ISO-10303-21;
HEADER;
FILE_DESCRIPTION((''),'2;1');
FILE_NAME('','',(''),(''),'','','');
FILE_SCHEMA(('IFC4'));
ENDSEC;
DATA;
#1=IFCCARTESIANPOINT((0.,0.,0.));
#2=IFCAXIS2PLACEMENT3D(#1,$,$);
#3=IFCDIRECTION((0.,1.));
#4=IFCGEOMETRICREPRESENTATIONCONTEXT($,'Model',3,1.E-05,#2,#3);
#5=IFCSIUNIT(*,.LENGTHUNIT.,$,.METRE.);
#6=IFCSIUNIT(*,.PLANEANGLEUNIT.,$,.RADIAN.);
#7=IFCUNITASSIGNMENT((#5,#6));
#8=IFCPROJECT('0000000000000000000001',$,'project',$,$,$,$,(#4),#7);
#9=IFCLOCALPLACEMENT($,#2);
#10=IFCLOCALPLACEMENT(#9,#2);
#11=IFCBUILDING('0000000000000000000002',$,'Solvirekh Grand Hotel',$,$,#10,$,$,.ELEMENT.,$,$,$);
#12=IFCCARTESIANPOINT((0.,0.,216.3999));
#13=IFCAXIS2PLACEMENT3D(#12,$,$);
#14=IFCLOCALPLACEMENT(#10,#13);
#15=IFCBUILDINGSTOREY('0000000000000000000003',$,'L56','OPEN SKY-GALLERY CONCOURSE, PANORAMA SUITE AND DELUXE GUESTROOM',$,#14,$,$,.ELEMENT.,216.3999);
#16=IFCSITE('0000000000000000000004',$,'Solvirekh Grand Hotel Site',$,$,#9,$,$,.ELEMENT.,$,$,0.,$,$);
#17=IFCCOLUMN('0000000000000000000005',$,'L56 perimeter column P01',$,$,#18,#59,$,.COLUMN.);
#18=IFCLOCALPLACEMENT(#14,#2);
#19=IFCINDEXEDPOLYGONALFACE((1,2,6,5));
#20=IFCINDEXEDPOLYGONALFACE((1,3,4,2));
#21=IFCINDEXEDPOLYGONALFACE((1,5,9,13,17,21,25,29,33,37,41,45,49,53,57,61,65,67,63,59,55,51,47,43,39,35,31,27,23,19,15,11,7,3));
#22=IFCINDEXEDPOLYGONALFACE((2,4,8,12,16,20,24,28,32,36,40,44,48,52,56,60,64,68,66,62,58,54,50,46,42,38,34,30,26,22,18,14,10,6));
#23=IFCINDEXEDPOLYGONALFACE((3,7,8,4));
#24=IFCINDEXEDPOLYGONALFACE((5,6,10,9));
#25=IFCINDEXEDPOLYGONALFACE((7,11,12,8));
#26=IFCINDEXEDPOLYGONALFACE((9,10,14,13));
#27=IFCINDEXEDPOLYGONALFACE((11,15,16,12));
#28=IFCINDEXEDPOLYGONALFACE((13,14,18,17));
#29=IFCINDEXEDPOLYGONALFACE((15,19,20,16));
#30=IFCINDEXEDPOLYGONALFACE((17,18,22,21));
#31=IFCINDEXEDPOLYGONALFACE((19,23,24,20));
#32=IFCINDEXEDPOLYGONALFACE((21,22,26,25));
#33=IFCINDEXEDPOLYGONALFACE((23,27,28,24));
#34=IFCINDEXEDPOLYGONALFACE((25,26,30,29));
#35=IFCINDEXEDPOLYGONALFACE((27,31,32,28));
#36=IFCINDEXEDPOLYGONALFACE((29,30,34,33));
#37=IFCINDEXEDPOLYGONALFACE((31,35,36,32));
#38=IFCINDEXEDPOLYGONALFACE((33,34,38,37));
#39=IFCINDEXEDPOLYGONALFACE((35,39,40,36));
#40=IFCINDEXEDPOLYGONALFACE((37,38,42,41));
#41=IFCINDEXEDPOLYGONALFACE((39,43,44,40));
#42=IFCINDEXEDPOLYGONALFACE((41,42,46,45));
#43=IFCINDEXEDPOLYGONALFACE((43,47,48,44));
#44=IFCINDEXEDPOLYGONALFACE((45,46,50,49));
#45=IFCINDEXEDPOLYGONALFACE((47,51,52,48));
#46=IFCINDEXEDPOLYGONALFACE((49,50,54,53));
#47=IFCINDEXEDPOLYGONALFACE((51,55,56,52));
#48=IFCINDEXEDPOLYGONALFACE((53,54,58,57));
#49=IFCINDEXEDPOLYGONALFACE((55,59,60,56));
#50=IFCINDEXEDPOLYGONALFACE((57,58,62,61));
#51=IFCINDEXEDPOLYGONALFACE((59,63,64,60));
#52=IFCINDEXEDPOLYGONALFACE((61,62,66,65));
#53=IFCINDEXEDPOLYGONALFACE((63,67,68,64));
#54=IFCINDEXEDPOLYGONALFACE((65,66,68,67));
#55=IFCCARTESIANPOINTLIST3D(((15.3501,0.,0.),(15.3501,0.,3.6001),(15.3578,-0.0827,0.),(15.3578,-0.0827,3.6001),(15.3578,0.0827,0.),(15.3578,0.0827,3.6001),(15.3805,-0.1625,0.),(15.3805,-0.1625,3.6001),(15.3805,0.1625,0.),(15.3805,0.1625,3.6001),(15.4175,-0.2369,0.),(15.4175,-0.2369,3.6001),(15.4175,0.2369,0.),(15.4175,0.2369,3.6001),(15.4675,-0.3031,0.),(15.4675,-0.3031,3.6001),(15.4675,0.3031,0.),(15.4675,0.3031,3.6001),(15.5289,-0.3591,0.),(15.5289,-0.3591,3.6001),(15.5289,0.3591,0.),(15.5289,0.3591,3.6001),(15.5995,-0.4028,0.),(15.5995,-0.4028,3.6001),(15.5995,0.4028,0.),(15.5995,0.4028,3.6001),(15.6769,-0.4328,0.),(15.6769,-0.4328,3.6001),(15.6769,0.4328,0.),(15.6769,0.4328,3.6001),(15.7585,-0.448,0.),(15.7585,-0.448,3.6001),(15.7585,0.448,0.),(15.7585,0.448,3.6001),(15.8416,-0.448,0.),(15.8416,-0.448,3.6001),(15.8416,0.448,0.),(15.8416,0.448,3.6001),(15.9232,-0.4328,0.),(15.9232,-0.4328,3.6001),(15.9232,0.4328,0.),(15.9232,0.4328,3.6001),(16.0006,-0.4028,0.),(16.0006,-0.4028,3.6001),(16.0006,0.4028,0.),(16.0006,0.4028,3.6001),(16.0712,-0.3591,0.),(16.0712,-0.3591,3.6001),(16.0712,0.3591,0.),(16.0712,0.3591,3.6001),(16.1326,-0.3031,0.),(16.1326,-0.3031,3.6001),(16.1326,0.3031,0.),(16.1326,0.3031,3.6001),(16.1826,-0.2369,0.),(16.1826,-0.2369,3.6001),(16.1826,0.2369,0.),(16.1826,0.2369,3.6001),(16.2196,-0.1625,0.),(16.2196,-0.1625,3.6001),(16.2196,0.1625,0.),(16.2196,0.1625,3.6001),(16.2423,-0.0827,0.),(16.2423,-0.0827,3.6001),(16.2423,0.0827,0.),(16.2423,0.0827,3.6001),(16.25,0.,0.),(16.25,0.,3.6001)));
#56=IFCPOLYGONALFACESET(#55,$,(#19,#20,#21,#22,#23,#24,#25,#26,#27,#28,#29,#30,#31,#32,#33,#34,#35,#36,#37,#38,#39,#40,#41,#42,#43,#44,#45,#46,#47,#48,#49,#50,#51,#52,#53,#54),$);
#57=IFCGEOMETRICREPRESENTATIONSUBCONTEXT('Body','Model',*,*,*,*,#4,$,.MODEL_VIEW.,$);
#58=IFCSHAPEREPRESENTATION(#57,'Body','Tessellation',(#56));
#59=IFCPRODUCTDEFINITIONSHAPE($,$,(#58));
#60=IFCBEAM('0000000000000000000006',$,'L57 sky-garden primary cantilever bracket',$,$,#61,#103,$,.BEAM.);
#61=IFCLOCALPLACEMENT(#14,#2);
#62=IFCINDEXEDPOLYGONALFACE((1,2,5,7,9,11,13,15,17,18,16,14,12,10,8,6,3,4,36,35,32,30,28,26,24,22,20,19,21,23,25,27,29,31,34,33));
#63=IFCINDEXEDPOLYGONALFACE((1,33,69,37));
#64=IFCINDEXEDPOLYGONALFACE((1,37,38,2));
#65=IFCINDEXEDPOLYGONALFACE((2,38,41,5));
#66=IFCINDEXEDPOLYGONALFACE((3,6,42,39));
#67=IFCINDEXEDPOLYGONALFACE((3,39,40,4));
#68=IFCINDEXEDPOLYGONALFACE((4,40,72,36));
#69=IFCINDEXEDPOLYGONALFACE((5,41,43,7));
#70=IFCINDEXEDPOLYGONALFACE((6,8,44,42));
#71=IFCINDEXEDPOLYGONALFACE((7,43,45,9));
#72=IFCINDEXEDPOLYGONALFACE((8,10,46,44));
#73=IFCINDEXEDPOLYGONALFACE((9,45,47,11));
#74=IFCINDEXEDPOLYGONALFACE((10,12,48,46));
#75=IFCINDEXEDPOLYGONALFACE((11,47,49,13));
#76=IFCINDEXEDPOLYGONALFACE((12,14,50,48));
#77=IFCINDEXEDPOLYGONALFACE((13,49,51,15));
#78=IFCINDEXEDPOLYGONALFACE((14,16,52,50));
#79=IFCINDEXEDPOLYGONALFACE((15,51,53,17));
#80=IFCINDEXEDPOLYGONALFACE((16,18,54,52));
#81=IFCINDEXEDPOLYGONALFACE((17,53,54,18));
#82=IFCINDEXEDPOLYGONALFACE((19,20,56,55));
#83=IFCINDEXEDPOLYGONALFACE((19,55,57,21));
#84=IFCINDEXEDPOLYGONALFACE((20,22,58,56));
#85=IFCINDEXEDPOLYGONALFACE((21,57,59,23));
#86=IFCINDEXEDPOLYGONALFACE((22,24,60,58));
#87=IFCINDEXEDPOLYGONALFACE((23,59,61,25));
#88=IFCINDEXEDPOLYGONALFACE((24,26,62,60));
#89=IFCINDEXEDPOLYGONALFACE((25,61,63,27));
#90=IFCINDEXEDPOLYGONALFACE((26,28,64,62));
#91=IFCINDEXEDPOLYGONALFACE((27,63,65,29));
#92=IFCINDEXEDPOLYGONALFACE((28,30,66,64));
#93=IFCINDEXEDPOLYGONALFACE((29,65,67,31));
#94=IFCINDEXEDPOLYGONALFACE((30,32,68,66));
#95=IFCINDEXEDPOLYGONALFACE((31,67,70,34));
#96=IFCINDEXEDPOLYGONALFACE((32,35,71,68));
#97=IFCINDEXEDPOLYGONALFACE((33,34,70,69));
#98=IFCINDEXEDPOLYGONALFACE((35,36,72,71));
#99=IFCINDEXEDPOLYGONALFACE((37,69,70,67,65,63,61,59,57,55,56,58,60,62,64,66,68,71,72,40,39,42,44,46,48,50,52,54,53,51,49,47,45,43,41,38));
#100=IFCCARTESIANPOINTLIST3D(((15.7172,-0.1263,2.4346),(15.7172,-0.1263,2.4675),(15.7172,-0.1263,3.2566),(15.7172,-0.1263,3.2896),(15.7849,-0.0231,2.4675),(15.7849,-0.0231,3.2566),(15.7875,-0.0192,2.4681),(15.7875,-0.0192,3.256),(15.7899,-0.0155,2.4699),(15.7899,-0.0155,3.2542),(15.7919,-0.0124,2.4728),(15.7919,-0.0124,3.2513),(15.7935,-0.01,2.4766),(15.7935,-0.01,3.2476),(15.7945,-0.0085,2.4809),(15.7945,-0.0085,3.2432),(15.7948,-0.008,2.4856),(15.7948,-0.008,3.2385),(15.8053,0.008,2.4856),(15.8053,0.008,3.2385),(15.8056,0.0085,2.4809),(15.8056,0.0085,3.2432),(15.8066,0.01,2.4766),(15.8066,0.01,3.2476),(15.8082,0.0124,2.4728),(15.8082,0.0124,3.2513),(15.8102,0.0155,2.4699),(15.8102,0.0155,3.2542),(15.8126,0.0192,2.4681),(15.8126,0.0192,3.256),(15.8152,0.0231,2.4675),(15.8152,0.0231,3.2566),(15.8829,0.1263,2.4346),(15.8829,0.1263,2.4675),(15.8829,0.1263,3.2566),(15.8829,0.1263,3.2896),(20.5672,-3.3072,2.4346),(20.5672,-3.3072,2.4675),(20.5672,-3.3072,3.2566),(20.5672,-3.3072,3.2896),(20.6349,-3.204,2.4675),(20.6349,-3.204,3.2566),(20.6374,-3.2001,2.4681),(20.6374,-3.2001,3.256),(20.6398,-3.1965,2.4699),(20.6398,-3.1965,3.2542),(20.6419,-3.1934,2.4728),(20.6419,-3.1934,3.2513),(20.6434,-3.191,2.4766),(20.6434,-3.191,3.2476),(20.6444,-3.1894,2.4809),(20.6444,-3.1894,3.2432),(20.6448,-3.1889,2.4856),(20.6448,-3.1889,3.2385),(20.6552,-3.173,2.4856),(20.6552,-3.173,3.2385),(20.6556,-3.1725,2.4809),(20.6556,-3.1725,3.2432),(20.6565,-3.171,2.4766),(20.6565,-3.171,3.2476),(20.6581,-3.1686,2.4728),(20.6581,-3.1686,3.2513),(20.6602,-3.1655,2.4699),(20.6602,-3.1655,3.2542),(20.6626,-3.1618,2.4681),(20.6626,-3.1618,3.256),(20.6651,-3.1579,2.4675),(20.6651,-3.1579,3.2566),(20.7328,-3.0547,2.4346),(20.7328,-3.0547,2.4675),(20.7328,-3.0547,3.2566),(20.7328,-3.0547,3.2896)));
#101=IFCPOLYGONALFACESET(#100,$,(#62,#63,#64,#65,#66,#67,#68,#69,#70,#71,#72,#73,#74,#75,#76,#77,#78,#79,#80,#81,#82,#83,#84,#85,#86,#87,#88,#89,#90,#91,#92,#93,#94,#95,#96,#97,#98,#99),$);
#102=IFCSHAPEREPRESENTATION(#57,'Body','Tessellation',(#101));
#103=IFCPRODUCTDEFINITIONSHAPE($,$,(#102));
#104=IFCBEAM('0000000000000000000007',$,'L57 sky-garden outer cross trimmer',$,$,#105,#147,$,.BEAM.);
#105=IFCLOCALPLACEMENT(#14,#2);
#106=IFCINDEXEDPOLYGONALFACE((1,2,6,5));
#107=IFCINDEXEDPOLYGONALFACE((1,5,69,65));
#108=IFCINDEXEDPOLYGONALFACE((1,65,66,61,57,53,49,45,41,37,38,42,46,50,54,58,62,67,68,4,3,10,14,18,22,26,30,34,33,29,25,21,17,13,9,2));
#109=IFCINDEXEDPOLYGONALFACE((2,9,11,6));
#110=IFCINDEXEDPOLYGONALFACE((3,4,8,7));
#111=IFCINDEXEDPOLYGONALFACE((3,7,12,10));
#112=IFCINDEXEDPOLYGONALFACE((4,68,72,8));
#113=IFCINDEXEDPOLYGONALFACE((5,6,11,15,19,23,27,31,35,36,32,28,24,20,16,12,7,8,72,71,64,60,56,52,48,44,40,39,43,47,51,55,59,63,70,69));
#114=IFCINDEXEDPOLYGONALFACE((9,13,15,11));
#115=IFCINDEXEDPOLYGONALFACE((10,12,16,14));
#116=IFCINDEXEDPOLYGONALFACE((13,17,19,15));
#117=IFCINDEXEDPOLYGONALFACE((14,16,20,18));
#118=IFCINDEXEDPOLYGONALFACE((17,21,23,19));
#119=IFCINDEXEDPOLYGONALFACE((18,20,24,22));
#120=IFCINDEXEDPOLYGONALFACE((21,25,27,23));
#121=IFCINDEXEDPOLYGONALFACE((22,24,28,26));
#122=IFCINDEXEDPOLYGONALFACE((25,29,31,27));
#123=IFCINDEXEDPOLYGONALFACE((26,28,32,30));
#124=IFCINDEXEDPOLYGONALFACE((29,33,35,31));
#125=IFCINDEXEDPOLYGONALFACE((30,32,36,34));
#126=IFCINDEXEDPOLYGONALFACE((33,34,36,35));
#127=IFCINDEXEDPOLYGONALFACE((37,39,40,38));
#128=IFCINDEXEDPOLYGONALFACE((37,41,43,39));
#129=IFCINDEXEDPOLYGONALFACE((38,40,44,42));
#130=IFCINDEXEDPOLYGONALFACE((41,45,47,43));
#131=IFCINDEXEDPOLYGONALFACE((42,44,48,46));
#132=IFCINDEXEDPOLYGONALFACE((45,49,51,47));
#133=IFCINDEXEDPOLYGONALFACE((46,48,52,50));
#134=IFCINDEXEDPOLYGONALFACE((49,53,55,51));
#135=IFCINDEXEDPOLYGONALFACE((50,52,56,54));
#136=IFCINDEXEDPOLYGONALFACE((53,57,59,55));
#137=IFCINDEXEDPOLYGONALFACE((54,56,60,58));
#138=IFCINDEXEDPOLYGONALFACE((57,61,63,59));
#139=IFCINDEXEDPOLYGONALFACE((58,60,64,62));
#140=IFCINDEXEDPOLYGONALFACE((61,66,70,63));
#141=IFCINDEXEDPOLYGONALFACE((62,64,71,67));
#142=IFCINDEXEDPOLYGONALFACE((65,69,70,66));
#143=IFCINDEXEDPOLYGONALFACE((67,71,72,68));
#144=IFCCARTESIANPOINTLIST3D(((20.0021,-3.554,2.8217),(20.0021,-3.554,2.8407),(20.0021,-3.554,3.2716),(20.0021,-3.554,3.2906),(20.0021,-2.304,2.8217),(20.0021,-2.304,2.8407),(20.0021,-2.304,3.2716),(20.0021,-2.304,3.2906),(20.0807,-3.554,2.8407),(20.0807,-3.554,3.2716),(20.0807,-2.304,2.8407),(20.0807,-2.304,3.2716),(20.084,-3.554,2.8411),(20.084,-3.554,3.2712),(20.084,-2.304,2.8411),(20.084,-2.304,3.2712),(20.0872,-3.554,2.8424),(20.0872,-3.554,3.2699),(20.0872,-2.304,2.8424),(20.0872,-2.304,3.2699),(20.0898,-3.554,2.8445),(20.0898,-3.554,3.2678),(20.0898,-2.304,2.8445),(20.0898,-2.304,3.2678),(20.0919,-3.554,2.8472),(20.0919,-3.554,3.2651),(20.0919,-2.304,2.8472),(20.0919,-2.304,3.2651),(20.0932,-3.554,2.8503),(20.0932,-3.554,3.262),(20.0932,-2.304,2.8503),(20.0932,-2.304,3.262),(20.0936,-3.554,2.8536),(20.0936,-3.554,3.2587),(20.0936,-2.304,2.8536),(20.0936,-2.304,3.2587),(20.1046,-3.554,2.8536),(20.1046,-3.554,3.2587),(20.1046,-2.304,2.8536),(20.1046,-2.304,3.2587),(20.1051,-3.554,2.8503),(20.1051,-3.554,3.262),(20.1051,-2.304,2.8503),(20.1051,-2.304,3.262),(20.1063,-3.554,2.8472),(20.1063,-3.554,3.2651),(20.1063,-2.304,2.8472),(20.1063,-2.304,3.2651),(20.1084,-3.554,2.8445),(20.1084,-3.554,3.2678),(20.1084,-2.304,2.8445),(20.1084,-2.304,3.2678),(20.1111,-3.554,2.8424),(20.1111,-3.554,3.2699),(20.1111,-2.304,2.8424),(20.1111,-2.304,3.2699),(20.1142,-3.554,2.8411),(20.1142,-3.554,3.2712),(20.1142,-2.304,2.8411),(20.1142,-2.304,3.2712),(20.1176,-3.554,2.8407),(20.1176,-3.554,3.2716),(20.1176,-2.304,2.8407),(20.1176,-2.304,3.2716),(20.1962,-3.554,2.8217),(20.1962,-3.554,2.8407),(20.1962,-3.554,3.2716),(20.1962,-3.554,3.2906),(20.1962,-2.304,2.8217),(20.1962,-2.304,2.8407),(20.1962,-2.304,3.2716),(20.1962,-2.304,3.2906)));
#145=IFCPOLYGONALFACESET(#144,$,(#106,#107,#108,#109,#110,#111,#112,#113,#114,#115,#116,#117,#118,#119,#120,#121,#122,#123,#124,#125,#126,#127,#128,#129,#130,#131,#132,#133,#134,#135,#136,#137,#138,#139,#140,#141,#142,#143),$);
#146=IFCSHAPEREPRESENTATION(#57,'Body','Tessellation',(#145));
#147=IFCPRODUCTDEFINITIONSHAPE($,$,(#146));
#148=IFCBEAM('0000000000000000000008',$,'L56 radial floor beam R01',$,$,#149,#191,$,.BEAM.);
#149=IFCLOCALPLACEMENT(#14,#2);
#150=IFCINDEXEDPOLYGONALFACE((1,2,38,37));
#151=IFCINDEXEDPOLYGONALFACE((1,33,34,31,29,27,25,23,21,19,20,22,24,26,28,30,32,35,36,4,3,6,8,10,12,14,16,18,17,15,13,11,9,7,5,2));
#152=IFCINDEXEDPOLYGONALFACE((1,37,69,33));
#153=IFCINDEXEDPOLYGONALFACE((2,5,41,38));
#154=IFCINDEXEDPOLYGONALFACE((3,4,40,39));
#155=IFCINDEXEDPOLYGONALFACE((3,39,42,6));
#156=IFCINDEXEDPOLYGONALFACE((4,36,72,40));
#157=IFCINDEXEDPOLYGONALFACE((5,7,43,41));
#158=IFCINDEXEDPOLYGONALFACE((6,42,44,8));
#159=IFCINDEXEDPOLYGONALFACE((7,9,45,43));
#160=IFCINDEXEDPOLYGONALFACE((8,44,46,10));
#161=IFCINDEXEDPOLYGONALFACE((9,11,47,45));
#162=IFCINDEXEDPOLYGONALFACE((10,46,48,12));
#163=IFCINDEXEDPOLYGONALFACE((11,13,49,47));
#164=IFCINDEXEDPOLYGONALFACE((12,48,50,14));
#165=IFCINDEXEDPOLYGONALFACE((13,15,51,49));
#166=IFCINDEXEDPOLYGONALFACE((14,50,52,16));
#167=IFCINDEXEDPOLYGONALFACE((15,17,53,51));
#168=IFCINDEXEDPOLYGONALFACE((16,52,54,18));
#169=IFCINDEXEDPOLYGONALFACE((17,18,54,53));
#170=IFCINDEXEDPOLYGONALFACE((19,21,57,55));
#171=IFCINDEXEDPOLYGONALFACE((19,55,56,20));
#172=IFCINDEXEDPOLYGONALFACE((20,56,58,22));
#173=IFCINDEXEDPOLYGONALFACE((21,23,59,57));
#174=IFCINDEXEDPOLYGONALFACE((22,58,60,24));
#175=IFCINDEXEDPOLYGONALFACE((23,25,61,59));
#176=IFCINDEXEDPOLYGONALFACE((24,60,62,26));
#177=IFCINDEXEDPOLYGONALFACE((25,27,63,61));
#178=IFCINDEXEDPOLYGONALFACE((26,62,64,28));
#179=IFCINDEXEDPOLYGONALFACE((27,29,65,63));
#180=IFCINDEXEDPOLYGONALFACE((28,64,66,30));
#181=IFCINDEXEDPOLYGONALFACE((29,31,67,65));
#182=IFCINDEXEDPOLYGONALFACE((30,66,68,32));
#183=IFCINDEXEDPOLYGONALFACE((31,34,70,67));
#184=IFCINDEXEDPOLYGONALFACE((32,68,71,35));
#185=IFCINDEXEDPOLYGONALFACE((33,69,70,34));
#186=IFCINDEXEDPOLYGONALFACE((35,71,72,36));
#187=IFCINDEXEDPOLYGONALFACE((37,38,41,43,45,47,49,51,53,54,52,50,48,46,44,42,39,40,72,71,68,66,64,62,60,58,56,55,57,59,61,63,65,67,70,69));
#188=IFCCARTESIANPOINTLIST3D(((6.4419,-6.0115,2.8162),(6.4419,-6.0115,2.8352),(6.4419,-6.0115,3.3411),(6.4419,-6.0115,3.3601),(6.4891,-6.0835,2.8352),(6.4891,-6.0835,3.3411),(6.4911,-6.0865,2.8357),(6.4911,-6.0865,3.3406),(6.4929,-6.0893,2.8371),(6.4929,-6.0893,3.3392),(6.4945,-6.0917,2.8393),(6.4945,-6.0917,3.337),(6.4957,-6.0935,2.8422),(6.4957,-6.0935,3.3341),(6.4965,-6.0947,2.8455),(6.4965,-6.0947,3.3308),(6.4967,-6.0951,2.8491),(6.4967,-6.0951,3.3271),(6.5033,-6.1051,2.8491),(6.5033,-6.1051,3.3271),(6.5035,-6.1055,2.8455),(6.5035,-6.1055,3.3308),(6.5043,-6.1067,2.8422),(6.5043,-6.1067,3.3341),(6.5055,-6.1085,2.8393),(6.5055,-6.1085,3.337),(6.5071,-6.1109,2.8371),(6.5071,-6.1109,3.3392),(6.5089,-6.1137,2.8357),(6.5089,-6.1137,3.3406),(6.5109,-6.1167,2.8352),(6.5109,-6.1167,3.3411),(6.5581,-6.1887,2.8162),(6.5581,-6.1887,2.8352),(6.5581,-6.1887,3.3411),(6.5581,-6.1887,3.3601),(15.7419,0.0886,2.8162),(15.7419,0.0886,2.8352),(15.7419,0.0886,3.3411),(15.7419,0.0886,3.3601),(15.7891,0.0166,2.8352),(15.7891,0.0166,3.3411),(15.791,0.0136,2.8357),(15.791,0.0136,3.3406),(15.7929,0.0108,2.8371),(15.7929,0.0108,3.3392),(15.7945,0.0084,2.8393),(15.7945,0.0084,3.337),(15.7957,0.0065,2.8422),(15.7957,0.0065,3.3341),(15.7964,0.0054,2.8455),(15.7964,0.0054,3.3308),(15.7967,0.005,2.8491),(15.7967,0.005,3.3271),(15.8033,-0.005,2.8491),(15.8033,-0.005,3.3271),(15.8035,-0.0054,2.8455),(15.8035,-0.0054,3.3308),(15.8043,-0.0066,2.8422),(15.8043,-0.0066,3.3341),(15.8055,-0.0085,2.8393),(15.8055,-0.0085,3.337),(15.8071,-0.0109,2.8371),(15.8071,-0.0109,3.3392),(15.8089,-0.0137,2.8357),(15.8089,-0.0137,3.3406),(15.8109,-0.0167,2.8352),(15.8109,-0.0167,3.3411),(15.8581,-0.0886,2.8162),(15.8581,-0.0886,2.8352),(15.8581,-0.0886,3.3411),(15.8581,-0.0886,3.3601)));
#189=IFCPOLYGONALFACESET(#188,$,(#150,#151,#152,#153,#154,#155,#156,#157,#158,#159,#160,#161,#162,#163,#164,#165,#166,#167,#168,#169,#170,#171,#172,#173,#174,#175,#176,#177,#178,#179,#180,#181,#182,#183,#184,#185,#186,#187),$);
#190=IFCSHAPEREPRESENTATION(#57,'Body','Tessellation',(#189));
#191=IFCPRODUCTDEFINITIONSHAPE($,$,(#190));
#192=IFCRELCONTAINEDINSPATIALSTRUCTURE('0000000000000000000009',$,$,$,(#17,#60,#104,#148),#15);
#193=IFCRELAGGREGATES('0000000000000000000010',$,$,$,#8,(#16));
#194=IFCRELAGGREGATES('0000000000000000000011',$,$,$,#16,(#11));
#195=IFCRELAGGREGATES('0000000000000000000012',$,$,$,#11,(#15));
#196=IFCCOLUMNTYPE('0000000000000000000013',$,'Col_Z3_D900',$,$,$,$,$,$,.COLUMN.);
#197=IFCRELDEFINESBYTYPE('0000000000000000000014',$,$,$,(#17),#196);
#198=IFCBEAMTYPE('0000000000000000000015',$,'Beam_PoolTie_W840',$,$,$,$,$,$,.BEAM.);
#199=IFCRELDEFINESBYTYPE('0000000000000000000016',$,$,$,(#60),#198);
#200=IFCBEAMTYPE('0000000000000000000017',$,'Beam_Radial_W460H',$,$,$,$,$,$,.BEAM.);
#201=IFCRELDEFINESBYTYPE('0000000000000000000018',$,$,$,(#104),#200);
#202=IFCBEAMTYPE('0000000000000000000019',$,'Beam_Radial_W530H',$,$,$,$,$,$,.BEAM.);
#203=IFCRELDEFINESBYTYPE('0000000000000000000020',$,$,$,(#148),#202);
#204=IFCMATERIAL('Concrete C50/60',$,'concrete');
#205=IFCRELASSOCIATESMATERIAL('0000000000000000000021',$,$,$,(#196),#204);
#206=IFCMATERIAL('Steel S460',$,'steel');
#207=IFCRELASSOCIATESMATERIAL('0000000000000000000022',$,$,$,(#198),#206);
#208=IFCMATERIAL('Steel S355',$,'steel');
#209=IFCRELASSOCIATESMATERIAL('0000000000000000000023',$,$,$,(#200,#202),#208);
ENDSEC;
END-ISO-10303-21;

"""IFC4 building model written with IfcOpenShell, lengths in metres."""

from ifc_helpers import new_model, si_unit, direction, frame, origin, origin_2d, place, context, subcontext, project, spatial, circle, i_section, extrude, material, material_profile, profile_set, type_object, element, save


model = new_model("IFC4")

# Units and contexts
model_context = context("Model", 3, precision=1e-05, world=origin(), true_north=direction((0.0, 1.0)))
body_context = subcontext(model_context, "Body", "Model", "MODEL_VIEW")
ifc_project = project(units=[si_unit("LENGTHUNIT", "METRE"), si_unit("PLANEANGLEUNIT", "RADIAN")], contexts=[model_context])

# Site, building, storey
site_placement = place(None, origin())
site = spatial("IfcSite", under=ifc_project, at=site_placement, Name="Solvirekh Grand Hotel Site", CompositionType="ELEMENT", RefElevation=0.0)
building_placement = place(site_placement, origin())
building = spatial("IfcBuilding", under=site, at=building_placement, Name="Solvirekh Grand Hotel", CompositionType="ELEMENT")
storey_placement = place(building_placement, frame((0.0, 0.0, 216.3999)))
storey = spatial("IfcBuildingStorey", under=building, at=storey_placement, Name="L56", Description="OPEN SKY-GALLERY CONCOURSE, PANORAMA SUITE AND DELUXE GUESTROOM", CompositionType="ELEMENT", Elevation=216.3999)

# Column
ifc_material_1 = material(Name="Concrete C50/60", Category="concrete")
ifc_material_profile_1 = material_profile(ifc_material_1, circle(Radius=0.45, at=origin_2d()), Name="RC CIRC D900")
ifc_profile_set_1 = profile_set([ifc_material_profile_1], Name="Concrete C50/60")
column_type = type_object("IfcColumnType", Name="Col_Z3_D900", PredefinedType="COLUMN", material=ifc_profile_set_1)
column_placement = place(storey_placement, frame((15.8, 0.0, 0.0), z_axis=(0.0, 0.0, 1.0), x_axis=(1.0, 0.0, 0.0)))
element("IfcColumn", 1, at=column_placement, inside=storey, type_object=column_type, Name="L56 perimeter column P01", PredefinedType="COLUMN", context=body_context, shape_type="SweptSolid", body=[
    extrude(circle(Radius=0.45, at=origin_2d()), origin(), (0.0, 0.0, 1.0), 3.6001),
])

# Beams
ifc_material_2 = material(Name="Steel S460", Category="steel")
ifc_material_profile_2 = material_profile(ifc_material_2, i_section(OverallWidth=0.302, OverallDepth=0.855, WebThickness=0.019, FlangeThickness=0.033, FilletRadius=0.0181, at=origin_2d()), Name="W840X299")
ifc_profile_set_2 = profile_set([ifc_material_profile_2], Name="Steel S460")
beam_type_1 = type_object("IfcBeamType", Name="Beam_PoolTie_W840", PredefinedType="BEAM", material=ifc_profile_set_2)
beam_1_placement = place(storey_placement, frame((15.8, 0.0, 2.8621), z_axis=(0.836191, -0.548439, 0.0), x_axis=(0.548439, 0.836191, 0.0)))
element("IfcBeam", 2, at=beam_1_placement, inside=storey, type_object=beam_type_1, Name="L57 sky-garden primary cantilever bracket", PredefinedType="BEAM", context=body_context, shape_type="SweptSolid", body=[
    extrude(i_section(OverallWidth=0.302, OverallDepth=0.855, WebThickness=0.019, FlangeThickness=0.033, FilletRadius=0.0181, at=origin_2d()), origin(), (0.0, 0.0, 1.0), 5.8),
])
ifc_material_3 = material(Name="Steel S355", Category="steel")
ifc_material_profile_3 = material_profile(ifc_material_3, i_section(OverallWidth=0.1941, OverallDepth=0.469, WebThickness=0.011, FlangeThickness=0.019, FilletRadius=0.0129, at=origin_2d()), Name="W460X106")
ifc_profile_set_3 = profile_set([ifc_material_profile_3], Name="Steel S355")
beam_type_2 = type_object("IfcBeamType", Name="Beam_Radial_W460H", PredefinedType="BEAM", material=ifc_profile_set_3)
beam_2_placement = place(storey_placement, frame((20.0991, -3.554, 3.0562), z_axis=(0.0, 1.0, 0.0), x_axis=(-1.0, 0.0, 0.0)))
element("IfcBeam", 3, at=beam_2_placement, inside=storey, type_object=beam_type_2, Name="L57 sky-garden outer cross trimmer", PredefinedType="BEAM", context=body_context, shape_type="SweptSolid", body=[
    extrude(i_section(OverallWidth=0.1941, OverallDepth=0.469, WebThickness=0.011, FlangeThickness=0.019, FilletRadius=0.0129, at=origin_2d()), origin(), (0.0, 0.0, 1.0), 1.25),
])
ifc_material_profile_4 = material_profile(ifc_material_3, i_section(OverallWidth=0.2119, OverallDepth=0.5439, WebThickness=0.012, FlangeThickness=0.019, FilletRadius=0.0139, at=origin_2d()), Name="W530X123")
ifc_profile_set_4 = profile_set([ifc_material_profile_4], Name="Steel S355")
beam_type_3 = type_object("IfcBeamType", Name="Beam_Radial_W530H", PredefinedType="BEAM", material=ifc_profile_set_4)
beam_3_placement = place(storey_placement, frame((6.5, -6.1001, 3.0881), z_axis=(0.836174, 0.548464, 0.0), x_axis=(-0.548464, 0.836174, 0.0)))
element("IfcBeam", 4, at=beam_3_placement, inside=storey, type_object=beam_type_3, Name="L56 radial floor beam R01", PredefinedType="BEAM", context=body_context, shape_type="SweptSolid", body=[
    extrude(i_section(OverallWidth=0.2119, OverallDepth=0.5439, WebThickness=0.012, FlangeThickness=0.019, FilletRadius=0.0139, at=origin_2d()), origin(), (0.0, 0.0, 1.0), 11.1221),
])

save(model, "model.ifc")
